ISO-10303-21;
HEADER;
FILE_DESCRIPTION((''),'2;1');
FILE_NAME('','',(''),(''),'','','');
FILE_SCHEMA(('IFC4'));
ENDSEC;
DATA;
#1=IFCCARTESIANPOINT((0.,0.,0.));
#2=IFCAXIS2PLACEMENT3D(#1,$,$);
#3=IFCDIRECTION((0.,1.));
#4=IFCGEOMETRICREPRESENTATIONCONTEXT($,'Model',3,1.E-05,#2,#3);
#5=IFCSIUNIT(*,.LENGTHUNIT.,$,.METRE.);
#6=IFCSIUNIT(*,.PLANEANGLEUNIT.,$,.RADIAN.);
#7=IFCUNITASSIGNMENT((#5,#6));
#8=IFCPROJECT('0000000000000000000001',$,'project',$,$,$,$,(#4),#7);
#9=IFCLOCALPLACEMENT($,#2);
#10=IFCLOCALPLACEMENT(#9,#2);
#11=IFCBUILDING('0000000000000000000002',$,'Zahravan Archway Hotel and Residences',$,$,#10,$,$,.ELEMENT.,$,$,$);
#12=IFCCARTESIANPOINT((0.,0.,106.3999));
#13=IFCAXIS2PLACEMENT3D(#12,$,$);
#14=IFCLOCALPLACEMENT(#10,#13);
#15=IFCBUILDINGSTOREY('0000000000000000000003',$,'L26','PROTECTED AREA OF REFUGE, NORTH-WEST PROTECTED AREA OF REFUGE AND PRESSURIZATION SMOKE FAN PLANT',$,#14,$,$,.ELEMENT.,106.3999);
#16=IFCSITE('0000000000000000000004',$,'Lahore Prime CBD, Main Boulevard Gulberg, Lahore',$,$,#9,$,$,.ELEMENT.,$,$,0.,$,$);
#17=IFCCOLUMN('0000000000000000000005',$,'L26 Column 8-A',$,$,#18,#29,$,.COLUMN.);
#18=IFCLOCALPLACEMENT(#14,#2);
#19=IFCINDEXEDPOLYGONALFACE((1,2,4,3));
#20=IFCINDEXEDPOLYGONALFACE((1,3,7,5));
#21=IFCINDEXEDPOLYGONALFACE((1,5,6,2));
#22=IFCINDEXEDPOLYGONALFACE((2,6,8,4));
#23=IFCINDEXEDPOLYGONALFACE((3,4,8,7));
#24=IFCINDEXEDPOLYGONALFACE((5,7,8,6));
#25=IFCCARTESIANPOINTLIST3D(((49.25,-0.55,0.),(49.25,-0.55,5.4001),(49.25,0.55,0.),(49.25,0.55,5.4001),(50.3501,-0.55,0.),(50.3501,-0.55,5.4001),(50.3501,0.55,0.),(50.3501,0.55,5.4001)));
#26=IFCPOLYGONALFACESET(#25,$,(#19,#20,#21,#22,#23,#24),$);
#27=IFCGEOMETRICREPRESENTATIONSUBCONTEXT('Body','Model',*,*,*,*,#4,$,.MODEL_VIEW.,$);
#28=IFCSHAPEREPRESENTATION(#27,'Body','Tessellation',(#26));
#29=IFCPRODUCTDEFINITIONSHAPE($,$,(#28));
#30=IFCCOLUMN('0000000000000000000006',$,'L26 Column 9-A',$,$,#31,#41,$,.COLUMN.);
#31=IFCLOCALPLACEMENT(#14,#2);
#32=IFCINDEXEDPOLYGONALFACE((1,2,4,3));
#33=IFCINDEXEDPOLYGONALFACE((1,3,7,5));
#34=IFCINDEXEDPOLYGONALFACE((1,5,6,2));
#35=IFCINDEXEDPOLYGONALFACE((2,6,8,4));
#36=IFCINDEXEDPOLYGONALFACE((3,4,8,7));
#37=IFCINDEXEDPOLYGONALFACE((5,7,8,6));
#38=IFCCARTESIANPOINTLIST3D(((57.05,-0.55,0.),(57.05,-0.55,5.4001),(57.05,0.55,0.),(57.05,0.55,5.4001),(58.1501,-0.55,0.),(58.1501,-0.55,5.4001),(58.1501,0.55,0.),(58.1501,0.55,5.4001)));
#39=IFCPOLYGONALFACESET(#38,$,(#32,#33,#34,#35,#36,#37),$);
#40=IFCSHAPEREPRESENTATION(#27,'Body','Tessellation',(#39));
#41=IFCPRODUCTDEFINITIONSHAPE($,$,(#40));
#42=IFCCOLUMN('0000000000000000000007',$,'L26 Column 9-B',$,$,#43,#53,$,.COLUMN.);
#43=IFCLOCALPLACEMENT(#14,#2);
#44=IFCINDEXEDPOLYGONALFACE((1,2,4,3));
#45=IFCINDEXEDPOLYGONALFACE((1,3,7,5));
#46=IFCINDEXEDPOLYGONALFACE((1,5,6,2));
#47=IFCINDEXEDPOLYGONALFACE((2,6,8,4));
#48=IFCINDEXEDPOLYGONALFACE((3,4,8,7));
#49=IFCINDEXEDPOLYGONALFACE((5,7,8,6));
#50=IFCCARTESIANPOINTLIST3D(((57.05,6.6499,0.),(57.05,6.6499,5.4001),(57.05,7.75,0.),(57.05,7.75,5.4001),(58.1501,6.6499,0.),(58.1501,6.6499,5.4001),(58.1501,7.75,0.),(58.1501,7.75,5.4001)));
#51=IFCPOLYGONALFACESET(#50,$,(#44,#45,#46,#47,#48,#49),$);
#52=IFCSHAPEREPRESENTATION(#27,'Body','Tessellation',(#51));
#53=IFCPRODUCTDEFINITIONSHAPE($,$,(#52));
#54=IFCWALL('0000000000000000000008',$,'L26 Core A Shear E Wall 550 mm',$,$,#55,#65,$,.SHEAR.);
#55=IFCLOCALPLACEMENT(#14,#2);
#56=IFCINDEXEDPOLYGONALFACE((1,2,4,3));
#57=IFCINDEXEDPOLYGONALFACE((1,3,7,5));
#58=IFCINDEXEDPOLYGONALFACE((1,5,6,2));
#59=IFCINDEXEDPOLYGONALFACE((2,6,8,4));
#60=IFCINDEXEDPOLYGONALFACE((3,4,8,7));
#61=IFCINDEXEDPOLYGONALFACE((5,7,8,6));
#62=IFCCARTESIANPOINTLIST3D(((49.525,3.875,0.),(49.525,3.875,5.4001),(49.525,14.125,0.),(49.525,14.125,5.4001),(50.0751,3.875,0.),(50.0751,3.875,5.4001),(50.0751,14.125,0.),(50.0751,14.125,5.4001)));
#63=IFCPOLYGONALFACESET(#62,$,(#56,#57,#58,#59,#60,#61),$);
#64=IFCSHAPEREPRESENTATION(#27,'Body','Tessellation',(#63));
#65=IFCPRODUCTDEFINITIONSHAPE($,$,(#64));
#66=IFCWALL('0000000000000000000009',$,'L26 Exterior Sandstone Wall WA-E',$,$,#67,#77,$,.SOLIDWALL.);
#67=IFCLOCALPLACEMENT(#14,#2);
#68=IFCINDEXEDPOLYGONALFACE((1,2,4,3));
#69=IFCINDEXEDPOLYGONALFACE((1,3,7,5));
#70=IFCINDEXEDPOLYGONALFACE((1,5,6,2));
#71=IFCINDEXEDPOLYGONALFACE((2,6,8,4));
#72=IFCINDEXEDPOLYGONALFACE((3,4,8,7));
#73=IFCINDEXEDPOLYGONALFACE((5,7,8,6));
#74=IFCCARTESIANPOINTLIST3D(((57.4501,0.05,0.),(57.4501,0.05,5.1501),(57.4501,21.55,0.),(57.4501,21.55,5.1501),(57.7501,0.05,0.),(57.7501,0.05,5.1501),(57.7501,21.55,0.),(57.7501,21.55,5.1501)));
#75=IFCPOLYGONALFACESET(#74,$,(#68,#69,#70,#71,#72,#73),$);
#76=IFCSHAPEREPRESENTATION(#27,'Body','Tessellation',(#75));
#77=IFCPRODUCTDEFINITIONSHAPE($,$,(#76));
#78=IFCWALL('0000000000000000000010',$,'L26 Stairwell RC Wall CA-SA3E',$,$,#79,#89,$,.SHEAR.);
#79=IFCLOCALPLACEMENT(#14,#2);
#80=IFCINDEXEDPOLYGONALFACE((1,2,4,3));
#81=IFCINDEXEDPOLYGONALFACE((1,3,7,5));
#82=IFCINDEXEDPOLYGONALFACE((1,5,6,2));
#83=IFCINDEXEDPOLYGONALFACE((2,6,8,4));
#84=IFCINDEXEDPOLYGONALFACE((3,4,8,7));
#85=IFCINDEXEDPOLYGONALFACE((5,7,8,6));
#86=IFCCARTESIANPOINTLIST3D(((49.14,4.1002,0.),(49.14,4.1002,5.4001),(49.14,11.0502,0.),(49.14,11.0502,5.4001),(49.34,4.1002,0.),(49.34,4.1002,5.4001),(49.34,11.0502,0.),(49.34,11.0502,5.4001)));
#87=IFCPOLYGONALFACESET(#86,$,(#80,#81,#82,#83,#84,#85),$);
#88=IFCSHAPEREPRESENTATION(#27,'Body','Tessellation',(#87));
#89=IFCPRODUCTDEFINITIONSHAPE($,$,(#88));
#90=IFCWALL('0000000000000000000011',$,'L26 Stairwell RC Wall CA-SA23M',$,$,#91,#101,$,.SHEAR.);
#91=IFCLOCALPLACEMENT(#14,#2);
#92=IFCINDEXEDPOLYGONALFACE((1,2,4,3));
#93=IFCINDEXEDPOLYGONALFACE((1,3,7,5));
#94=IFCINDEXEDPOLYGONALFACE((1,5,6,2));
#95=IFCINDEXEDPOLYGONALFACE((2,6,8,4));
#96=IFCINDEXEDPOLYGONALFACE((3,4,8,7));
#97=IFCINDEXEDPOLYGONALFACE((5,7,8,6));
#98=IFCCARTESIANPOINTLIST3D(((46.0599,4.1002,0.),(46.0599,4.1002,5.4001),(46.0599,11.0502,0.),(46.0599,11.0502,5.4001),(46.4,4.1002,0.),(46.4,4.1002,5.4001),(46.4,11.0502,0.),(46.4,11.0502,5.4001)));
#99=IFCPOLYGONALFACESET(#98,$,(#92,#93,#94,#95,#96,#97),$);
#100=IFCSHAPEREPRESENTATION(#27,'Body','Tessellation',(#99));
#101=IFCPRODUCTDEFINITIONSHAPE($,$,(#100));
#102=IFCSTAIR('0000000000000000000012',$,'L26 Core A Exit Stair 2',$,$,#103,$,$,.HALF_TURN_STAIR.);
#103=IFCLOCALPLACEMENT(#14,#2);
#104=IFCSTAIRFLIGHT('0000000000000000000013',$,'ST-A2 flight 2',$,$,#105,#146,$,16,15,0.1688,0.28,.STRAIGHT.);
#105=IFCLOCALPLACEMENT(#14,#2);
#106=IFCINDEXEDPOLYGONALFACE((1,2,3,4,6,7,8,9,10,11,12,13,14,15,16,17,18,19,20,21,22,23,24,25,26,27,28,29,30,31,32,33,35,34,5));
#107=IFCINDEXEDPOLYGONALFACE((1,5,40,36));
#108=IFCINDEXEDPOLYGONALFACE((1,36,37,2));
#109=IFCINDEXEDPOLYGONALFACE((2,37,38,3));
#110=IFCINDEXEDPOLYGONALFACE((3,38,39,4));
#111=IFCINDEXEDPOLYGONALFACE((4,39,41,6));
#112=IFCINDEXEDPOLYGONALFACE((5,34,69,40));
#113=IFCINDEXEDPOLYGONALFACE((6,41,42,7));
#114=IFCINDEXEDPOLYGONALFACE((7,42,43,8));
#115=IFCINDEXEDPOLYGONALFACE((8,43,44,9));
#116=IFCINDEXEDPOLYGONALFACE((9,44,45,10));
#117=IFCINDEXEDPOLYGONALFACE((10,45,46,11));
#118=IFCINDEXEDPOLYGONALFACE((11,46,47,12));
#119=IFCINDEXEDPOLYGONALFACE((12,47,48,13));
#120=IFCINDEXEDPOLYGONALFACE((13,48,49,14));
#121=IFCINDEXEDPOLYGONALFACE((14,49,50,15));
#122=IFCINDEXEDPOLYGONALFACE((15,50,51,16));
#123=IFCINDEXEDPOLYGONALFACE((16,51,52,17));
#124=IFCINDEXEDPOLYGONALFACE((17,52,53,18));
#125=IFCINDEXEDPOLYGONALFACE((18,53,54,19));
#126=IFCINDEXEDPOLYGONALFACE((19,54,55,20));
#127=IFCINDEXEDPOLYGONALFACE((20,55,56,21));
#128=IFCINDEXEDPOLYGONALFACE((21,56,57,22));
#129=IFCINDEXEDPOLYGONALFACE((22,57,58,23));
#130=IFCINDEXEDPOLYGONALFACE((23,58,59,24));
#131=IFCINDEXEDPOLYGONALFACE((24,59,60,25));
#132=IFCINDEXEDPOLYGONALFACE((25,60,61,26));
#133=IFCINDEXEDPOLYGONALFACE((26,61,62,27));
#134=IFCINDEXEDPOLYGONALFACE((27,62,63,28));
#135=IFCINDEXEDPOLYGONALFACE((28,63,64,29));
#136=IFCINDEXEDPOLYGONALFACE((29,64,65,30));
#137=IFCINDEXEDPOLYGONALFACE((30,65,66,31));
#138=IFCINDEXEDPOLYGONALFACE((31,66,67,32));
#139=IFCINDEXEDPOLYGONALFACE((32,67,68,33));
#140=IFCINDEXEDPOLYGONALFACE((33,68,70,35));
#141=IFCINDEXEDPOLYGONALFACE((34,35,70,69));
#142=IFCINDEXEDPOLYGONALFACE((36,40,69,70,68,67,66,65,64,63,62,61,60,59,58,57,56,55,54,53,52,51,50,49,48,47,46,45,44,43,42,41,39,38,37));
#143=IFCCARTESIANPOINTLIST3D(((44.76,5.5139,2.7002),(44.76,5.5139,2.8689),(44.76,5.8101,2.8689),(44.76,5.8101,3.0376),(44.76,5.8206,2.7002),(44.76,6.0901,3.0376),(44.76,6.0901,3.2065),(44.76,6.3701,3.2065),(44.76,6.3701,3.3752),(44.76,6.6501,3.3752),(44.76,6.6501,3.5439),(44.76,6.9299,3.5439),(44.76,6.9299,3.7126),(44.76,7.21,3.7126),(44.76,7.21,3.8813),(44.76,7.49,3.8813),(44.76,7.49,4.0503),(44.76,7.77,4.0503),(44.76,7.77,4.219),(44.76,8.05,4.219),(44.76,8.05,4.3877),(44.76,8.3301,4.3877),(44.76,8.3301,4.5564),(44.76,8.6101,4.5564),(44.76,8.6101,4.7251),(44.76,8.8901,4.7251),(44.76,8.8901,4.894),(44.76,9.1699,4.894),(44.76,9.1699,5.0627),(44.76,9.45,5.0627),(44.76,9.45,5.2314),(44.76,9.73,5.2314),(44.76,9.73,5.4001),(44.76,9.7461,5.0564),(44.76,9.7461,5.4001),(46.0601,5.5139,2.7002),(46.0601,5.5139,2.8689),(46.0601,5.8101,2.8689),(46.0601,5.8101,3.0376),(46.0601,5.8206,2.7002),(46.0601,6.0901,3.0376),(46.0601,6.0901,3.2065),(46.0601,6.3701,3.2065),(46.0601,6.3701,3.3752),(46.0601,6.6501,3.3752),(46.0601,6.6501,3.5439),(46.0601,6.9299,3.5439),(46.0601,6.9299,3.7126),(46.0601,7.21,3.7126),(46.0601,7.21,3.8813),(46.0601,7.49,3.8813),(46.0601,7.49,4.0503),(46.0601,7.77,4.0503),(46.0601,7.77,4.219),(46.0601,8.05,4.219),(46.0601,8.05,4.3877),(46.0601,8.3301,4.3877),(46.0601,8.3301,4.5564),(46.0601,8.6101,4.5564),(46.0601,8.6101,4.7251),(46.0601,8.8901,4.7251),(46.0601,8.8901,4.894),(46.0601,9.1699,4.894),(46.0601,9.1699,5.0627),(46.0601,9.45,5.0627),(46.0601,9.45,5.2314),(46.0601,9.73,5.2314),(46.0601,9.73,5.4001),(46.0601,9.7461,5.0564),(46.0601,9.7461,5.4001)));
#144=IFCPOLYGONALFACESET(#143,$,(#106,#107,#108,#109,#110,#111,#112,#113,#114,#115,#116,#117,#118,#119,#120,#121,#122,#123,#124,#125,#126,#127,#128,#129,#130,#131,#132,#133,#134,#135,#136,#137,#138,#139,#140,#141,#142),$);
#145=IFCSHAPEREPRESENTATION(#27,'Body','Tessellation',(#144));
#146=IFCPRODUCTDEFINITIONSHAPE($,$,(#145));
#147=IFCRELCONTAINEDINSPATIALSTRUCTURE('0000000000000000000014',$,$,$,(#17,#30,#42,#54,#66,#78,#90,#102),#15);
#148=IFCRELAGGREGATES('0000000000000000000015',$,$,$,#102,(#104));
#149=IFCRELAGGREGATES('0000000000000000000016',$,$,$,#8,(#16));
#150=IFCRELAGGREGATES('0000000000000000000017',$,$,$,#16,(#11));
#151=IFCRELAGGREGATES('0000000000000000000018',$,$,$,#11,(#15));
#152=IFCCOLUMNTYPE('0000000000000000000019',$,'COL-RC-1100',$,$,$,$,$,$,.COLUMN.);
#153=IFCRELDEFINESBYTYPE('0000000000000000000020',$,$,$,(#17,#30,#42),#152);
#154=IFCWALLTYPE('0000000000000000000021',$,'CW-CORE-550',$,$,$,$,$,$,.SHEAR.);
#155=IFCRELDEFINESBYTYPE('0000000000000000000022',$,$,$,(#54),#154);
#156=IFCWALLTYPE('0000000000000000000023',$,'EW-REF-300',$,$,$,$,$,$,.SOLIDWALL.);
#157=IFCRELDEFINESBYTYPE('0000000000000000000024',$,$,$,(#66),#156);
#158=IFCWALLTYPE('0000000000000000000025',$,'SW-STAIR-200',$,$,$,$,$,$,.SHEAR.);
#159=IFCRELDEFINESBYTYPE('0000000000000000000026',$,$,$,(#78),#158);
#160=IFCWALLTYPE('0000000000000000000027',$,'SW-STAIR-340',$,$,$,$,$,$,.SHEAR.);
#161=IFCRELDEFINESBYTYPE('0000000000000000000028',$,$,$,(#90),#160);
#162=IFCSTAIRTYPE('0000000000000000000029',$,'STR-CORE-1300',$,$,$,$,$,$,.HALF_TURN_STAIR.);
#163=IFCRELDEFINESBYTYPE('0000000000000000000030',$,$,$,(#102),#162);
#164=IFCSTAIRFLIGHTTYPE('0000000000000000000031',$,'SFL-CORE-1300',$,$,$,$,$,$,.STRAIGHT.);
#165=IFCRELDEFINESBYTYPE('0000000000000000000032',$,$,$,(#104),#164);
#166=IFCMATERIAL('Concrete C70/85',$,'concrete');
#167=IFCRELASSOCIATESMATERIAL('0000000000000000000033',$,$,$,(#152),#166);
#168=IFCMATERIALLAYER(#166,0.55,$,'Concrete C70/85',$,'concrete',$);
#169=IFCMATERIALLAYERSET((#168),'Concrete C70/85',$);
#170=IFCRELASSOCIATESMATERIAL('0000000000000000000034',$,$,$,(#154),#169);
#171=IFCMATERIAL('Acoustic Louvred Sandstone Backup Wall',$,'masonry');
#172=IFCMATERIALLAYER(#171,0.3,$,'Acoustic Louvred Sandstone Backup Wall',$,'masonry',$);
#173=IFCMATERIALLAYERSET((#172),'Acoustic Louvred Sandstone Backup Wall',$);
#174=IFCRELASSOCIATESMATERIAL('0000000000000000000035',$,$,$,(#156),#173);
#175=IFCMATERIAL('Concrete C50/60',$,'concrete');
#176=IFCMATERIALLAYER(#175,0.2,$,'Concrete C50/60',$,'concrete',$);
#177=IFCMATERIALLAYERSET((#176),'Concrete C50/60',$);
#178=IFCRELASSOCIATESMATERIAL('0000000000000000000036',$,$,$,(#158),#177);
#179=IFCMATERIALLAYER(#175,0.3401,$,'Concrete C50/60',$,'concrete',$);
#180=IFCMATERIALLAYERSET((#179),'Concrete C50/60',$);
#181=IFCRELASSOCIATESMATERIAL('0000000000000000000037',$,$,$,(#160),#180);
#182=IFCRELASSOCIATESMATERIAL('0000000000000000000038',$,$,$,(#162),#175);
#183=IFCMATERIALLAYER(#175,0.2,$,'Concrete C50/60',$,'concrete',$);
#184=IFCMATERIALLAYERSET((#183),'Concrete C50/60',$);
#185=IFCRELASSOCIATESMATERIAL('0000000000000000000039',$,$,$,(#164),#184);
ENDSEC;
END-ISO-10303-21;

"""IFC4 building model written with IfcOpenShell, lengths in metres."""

from ifc_helpers import new_model, si_unit, direction, frame, frame_2d, origin, origin_2d, place, context, subcontext, project, spatial, polyline, rectangle, outline, extrude, source, transform, mapped, material, layer, layer_set, material_profile, profile_set, type_object, element, aggregate, save


model = new_model("IFC4")

# Units and contexts
model_context = context("Model", 3, precision=1e-05, world=origin(), true_north=direction((0.0, 1.0)))
body_context = subcontext(model_context, "Body", "Model", "MODEL_VIEW")
ifc_project = project(units=[si_unit("LENGTHUNIT", "METRE"), si_unit("PLANEANGLEUNIT", "RADIAN")], contexts=[model_context])

# Site, building, storey
site_placement = place(None, origin())
site = spatial("IfcSite", under=ifc_project, at=site_placement, Name="Lahore Prime CBD, Main Boulevard Gulberg, Lahore", CompositionType="ELEMENT", RefElevation=0.0)
building_placement = place(site_placement, origin())
building = spatial("IfcBuilding", under=site, at=building_placement, Name="Zahravan Archway Hotel and Residences", CompositionType="ELEMENT")
storey_placement = place(building_placement, frame((0.0, 0.0, 106.3999)))
storey = spatial("IfcBuildingStorey", under=building, at=storey_placement, Name="L26", Description="PROTECTED AREA OF REFUGE, NORTH-WEST PROTECTED AREA OF REFUGE AND PRESSURIZATION SMOKE FAN PLANT", CompositionType="ELEMENT", Elevation=106.3999)

# Columns
ifc_material_1 = material(Name="Concrete C70/85", Category="concrete")
ifc_material_profile = material_profile(ifc_material_1, rectangle(XDim=1.1001, YDim=1.1001, at=origin_2d()), Name="RC 1100x1100", Category="concrete")
ifc_profile_set = profile_set([ifc_material_profile], Name="Concrete C70/85")
column_type = type_object("IfcColumnType", Name="COL-RC-1100", PredefinedType="COLUMN", material=ifc_profile_set)
shared_shape_1 = source(origin(), body_context, "Body", "SweptSolid", [
    extrude(rectangle(XDim=1.1001, YDim=1.1001, at=origin_2d()), origin(), (0.0, 0.0, 1.0), 5.4001),
])
for number, where, z_axis, x_axis, name in (
    (1, (49.8, 0.0, 0.0), (0.0, 0.0, 1.0), (1.0, 0.0, 0.0), "L26 Column 8-A"),
    (2, (57.6001, 0.0, 0.0), (0.0, 0.0, 1.0), (1.0, 0.0, 0.0), "L26 Column 9-A"),
    (3, (57.6001, 7.2, 0.0), (0.0, 0.0, 1.0), (1.0, 0.0, 0.0), "L26 Column 9-B"),
):
    element("IfcColumn", number, at=place(storey_placement, frame(where, z_axis=z_axis, x_axis=x_axis)), inside=storey, type_object=column_type, Name=name, PredefinedType="COLUMN", context=body_context, shape_type="MappedRepresentation", body=[
        mapped(shared_shape_1, transform((0.0, 0.0, 0.0), scale=1.0)),
    ])

# Walls
ifc_layer_1 = layer(ifc_material_1, 0.55, Name="Concrete C70/85", Category="concrete")
ifc_layer_set_1 = layer_set([ifc_layer_1], Name="Concrete C70/85")
wall_type_1 = type_object("IfcWallType", Name="CW-CORE-550", PredefinedType="SHEAR", material=ifc_layer_set_1)
wall_1_placement = place(storey_placement, frame((49.8, 3.875, 0.0), z_axis=(0.0, 0.0, 1.0), x_axis=(0.0, 1.0, 0.0)))
element("IfcWall", 4, at=wall_1_placement, inside=storey, type_object=wall_type_1, Name="L26 Core A Shear E Wall 550 mm", PredefinedType="SHEAR", context=body_context, shape_type="SweptSolid", body=[
    extrude(rectangle(XDim=10.25, YDim=0.55, at=frame_2d((5.125, 0.0))), origin(), (0.0, 0.0, 1.0), 5.4001),
])
ifc_material_2 = material(Name="Acoustic Louvred Sandstone Backup Wall", Category="masonry")
ifc_layer_2 = layer(ifc_material_2, 0.3, Name="Acoustic Louvred Sandstone Backup Wall", Category="masonry")
ifc_layer_set_2 = layer_set([ifc_layer_2], Name="Acoustic Louvred Sandstone Backup Wall")
wall_type_2 = type_object("IfcWallType", Name="EW-REF-300", PredefinedType="SOLIDWALL", material=ifc_layer_set_2)
wall_2_placement = place(storey_placement, frame((57.6001, 0.05, 0.0), z_axis=(0.0, 0.0, 1.0), x_axis=(0.0, 1.0, 0.0)))
element("IfcWall", 5, at=wall_2_placement, inside=storey, type_object=wall_type_2, Name="L26 Exterior Sandstone Wall WA-E", PredefinedType="SOLIDWALL", context=body_context, shape_type="SweptSolid", body=[
    extrude(rectangle(XDim=21.5, YDim=0.3, at=frame_2d((10.75, 0.0))), origin(), (0.0, 0.0, 1.0), 5.1501),
])
ifc_material_3 = material(Name="Concrete C50/60", Category="concrete")
ifc_layer_3 = layer(ifc_material_3, 0.2, Name="Concrete C50/60", Category="concrete")
ifc_layer_set_3 = layer_set([ifc_layer_3], Name="Concrete C50/60")
wall_type_3 = type_object("IfcWallType", Name="SW-STAIR-200", PredefinedType="SHEAR", material=ifc_layer_set_3)
wall_3_placement = place(storey_placement, frame((49.24, 4.1001, 0.0), z_axis=(0.0, 0.0, 1.0), x_axis=(0.0, 1.0, 0.0)))
element("IfcWall", 6, at=wall_3_placement, inside=storey, type_object=wall_type_3, Name="L26 Stairwell RC Wall CA-SA3E", PredefinedType="SHEAR", context=body_context, shape_type="SweptSolid", body=[
    extrude(rectangle(XDim=6.95, YDim=0.2, at=frame_2d((3.4751, 0.0))), origin(), (0.0, 0.0, 1.0), 5.4001),
])
ifc_layer_4 = layer(ifc_material_3, 0.3401, Name="Concrete C50/60", Category="concrete")
ifc_layer_set_4 = layer_set([ifc_layer_4], Name="Concrete C50/60")
wall_type_4 = type_object("IfcWallType", Name="SW-STAIR-340", PredefinedType="SHEAR", material=ifc_layer_set_4)
wall_4_placement = place(storey_placement, frame((46.23, 4.1001, 0.0), z_axis=(0.0, 0.0, 1.0), x_axis=(0.0, 1.0, 0.0)))
element("IfcWall", 7, at=wall_4_placement, inside=storey, type_object=wall_type_4, Name="L26 Stairwell RC Wall CA-SA23M", PredefinedType="SHEAR", context=body_context, shape_type="SweptSolid", body=[
    extrude(rectangle(XDim=6.95, YDim=0.3401, at=frame_2d((3.4751, 0.0))), origin(), (0.0, 0.0, 1.0), 5.4001),
])

# Stair, stair flight
stair_type = type_object("IfcStairType", Name="STR-CORE-1300", PredefinedType="HALF_TURN_STAIR", material=ifc_material_3)
stair_1_placement = place(storey_placement, origin())
stair_1 = element("IfcStair", 8, at=stair_1_placement, inside=storey, type_object=stair_type, Name="L26 Core A Exit Stair 2", PredefinedType="HALF_TURN_STAIR")
ifc_layer_5 = layer(ifc_material_3, 0.2, Name="Concrete C50/60", Category="concrete")
ifc_layer_set_5 = layer_set([ifc_layer_5], Name="Concrete C50/60")
stair_flight_type = type_object("IfcStairFlightType", Name="SFL-CORE-1300", PredefinedType="STRAIGHT", material=ifc_layer_set_5)
shared_shape_2 = source(origin(), body_context, "Body", "SweptSolid", [
    extrude(outline(polyline([(-0.0161, 0.0), (-0.0161, 0.1687), (0.28, 0.1687), (0.28, 0.3374), (0.5601, 0.3374), (0.5601, 0.5063), (0.8401, 0.5063), (0.8401, 0.675), (1.1201, 0.675), (1.1201, 0.8438), (1.3999, 0.8438), (1.3999, 1.0125), (1.6799, 1.0125), (1.6799, 1.1812), (1.96, 1.1812), (1.96, 1.3501), (2.24, 1.3501), (2.24, 1.5188), (2.52, 1.5188), (2.52, 1.6875), (2.8, 1.6875), (2.8, 1.8562), (3.0801, 1.8562), (3.0801, 2.0249), (3.3601, 2.0249), (3.3601, 2.1938), (3.6399, 2.1938), (3.6399, 2.3625), (3.9199, 2.3625), (3.9199, 2.5312), (4.2, 2.5312), (4.2, 2.7), (4.2161, 2.7), (4.2161, 2.3562), (0.2905, 0.0), (-0.0161, 0.0)])), frame((0.0, 0.6499, 0.0), z_axis=(0.0, -1.0, 0.0), x_axis=(1.0, 0.0, 0.0)), (0.0, 0.0, 1.0), 1.3),
])
stair_flight_1_placement = place(storey_placement, frame((45.4099, 5.53, 2.7002), z_axis=(0.0, 0.0, 1.0), x_axis=(0.0, 1.0, 0.0)))
stair_flight_1 = element("IfcStairFlight", 9, at=stair_flight_1_placement, type_object=stair_flight_type, Name="ST-A2 flight 2", NumberOfRisers=16, NumberOfTreads=15, PredefinedType="STRAIGHT", RiserHeight=0.1688, TreadLength=0.28, context=body_context, shape_type="MappedRepresentation", body=[
    mapped(shared_shape_2, transform((0.0, 0.0, 0.0), scale=1.0)),
])
aggregate(stair_1, [stair_flight_1])

save(model, "model.ifc")
